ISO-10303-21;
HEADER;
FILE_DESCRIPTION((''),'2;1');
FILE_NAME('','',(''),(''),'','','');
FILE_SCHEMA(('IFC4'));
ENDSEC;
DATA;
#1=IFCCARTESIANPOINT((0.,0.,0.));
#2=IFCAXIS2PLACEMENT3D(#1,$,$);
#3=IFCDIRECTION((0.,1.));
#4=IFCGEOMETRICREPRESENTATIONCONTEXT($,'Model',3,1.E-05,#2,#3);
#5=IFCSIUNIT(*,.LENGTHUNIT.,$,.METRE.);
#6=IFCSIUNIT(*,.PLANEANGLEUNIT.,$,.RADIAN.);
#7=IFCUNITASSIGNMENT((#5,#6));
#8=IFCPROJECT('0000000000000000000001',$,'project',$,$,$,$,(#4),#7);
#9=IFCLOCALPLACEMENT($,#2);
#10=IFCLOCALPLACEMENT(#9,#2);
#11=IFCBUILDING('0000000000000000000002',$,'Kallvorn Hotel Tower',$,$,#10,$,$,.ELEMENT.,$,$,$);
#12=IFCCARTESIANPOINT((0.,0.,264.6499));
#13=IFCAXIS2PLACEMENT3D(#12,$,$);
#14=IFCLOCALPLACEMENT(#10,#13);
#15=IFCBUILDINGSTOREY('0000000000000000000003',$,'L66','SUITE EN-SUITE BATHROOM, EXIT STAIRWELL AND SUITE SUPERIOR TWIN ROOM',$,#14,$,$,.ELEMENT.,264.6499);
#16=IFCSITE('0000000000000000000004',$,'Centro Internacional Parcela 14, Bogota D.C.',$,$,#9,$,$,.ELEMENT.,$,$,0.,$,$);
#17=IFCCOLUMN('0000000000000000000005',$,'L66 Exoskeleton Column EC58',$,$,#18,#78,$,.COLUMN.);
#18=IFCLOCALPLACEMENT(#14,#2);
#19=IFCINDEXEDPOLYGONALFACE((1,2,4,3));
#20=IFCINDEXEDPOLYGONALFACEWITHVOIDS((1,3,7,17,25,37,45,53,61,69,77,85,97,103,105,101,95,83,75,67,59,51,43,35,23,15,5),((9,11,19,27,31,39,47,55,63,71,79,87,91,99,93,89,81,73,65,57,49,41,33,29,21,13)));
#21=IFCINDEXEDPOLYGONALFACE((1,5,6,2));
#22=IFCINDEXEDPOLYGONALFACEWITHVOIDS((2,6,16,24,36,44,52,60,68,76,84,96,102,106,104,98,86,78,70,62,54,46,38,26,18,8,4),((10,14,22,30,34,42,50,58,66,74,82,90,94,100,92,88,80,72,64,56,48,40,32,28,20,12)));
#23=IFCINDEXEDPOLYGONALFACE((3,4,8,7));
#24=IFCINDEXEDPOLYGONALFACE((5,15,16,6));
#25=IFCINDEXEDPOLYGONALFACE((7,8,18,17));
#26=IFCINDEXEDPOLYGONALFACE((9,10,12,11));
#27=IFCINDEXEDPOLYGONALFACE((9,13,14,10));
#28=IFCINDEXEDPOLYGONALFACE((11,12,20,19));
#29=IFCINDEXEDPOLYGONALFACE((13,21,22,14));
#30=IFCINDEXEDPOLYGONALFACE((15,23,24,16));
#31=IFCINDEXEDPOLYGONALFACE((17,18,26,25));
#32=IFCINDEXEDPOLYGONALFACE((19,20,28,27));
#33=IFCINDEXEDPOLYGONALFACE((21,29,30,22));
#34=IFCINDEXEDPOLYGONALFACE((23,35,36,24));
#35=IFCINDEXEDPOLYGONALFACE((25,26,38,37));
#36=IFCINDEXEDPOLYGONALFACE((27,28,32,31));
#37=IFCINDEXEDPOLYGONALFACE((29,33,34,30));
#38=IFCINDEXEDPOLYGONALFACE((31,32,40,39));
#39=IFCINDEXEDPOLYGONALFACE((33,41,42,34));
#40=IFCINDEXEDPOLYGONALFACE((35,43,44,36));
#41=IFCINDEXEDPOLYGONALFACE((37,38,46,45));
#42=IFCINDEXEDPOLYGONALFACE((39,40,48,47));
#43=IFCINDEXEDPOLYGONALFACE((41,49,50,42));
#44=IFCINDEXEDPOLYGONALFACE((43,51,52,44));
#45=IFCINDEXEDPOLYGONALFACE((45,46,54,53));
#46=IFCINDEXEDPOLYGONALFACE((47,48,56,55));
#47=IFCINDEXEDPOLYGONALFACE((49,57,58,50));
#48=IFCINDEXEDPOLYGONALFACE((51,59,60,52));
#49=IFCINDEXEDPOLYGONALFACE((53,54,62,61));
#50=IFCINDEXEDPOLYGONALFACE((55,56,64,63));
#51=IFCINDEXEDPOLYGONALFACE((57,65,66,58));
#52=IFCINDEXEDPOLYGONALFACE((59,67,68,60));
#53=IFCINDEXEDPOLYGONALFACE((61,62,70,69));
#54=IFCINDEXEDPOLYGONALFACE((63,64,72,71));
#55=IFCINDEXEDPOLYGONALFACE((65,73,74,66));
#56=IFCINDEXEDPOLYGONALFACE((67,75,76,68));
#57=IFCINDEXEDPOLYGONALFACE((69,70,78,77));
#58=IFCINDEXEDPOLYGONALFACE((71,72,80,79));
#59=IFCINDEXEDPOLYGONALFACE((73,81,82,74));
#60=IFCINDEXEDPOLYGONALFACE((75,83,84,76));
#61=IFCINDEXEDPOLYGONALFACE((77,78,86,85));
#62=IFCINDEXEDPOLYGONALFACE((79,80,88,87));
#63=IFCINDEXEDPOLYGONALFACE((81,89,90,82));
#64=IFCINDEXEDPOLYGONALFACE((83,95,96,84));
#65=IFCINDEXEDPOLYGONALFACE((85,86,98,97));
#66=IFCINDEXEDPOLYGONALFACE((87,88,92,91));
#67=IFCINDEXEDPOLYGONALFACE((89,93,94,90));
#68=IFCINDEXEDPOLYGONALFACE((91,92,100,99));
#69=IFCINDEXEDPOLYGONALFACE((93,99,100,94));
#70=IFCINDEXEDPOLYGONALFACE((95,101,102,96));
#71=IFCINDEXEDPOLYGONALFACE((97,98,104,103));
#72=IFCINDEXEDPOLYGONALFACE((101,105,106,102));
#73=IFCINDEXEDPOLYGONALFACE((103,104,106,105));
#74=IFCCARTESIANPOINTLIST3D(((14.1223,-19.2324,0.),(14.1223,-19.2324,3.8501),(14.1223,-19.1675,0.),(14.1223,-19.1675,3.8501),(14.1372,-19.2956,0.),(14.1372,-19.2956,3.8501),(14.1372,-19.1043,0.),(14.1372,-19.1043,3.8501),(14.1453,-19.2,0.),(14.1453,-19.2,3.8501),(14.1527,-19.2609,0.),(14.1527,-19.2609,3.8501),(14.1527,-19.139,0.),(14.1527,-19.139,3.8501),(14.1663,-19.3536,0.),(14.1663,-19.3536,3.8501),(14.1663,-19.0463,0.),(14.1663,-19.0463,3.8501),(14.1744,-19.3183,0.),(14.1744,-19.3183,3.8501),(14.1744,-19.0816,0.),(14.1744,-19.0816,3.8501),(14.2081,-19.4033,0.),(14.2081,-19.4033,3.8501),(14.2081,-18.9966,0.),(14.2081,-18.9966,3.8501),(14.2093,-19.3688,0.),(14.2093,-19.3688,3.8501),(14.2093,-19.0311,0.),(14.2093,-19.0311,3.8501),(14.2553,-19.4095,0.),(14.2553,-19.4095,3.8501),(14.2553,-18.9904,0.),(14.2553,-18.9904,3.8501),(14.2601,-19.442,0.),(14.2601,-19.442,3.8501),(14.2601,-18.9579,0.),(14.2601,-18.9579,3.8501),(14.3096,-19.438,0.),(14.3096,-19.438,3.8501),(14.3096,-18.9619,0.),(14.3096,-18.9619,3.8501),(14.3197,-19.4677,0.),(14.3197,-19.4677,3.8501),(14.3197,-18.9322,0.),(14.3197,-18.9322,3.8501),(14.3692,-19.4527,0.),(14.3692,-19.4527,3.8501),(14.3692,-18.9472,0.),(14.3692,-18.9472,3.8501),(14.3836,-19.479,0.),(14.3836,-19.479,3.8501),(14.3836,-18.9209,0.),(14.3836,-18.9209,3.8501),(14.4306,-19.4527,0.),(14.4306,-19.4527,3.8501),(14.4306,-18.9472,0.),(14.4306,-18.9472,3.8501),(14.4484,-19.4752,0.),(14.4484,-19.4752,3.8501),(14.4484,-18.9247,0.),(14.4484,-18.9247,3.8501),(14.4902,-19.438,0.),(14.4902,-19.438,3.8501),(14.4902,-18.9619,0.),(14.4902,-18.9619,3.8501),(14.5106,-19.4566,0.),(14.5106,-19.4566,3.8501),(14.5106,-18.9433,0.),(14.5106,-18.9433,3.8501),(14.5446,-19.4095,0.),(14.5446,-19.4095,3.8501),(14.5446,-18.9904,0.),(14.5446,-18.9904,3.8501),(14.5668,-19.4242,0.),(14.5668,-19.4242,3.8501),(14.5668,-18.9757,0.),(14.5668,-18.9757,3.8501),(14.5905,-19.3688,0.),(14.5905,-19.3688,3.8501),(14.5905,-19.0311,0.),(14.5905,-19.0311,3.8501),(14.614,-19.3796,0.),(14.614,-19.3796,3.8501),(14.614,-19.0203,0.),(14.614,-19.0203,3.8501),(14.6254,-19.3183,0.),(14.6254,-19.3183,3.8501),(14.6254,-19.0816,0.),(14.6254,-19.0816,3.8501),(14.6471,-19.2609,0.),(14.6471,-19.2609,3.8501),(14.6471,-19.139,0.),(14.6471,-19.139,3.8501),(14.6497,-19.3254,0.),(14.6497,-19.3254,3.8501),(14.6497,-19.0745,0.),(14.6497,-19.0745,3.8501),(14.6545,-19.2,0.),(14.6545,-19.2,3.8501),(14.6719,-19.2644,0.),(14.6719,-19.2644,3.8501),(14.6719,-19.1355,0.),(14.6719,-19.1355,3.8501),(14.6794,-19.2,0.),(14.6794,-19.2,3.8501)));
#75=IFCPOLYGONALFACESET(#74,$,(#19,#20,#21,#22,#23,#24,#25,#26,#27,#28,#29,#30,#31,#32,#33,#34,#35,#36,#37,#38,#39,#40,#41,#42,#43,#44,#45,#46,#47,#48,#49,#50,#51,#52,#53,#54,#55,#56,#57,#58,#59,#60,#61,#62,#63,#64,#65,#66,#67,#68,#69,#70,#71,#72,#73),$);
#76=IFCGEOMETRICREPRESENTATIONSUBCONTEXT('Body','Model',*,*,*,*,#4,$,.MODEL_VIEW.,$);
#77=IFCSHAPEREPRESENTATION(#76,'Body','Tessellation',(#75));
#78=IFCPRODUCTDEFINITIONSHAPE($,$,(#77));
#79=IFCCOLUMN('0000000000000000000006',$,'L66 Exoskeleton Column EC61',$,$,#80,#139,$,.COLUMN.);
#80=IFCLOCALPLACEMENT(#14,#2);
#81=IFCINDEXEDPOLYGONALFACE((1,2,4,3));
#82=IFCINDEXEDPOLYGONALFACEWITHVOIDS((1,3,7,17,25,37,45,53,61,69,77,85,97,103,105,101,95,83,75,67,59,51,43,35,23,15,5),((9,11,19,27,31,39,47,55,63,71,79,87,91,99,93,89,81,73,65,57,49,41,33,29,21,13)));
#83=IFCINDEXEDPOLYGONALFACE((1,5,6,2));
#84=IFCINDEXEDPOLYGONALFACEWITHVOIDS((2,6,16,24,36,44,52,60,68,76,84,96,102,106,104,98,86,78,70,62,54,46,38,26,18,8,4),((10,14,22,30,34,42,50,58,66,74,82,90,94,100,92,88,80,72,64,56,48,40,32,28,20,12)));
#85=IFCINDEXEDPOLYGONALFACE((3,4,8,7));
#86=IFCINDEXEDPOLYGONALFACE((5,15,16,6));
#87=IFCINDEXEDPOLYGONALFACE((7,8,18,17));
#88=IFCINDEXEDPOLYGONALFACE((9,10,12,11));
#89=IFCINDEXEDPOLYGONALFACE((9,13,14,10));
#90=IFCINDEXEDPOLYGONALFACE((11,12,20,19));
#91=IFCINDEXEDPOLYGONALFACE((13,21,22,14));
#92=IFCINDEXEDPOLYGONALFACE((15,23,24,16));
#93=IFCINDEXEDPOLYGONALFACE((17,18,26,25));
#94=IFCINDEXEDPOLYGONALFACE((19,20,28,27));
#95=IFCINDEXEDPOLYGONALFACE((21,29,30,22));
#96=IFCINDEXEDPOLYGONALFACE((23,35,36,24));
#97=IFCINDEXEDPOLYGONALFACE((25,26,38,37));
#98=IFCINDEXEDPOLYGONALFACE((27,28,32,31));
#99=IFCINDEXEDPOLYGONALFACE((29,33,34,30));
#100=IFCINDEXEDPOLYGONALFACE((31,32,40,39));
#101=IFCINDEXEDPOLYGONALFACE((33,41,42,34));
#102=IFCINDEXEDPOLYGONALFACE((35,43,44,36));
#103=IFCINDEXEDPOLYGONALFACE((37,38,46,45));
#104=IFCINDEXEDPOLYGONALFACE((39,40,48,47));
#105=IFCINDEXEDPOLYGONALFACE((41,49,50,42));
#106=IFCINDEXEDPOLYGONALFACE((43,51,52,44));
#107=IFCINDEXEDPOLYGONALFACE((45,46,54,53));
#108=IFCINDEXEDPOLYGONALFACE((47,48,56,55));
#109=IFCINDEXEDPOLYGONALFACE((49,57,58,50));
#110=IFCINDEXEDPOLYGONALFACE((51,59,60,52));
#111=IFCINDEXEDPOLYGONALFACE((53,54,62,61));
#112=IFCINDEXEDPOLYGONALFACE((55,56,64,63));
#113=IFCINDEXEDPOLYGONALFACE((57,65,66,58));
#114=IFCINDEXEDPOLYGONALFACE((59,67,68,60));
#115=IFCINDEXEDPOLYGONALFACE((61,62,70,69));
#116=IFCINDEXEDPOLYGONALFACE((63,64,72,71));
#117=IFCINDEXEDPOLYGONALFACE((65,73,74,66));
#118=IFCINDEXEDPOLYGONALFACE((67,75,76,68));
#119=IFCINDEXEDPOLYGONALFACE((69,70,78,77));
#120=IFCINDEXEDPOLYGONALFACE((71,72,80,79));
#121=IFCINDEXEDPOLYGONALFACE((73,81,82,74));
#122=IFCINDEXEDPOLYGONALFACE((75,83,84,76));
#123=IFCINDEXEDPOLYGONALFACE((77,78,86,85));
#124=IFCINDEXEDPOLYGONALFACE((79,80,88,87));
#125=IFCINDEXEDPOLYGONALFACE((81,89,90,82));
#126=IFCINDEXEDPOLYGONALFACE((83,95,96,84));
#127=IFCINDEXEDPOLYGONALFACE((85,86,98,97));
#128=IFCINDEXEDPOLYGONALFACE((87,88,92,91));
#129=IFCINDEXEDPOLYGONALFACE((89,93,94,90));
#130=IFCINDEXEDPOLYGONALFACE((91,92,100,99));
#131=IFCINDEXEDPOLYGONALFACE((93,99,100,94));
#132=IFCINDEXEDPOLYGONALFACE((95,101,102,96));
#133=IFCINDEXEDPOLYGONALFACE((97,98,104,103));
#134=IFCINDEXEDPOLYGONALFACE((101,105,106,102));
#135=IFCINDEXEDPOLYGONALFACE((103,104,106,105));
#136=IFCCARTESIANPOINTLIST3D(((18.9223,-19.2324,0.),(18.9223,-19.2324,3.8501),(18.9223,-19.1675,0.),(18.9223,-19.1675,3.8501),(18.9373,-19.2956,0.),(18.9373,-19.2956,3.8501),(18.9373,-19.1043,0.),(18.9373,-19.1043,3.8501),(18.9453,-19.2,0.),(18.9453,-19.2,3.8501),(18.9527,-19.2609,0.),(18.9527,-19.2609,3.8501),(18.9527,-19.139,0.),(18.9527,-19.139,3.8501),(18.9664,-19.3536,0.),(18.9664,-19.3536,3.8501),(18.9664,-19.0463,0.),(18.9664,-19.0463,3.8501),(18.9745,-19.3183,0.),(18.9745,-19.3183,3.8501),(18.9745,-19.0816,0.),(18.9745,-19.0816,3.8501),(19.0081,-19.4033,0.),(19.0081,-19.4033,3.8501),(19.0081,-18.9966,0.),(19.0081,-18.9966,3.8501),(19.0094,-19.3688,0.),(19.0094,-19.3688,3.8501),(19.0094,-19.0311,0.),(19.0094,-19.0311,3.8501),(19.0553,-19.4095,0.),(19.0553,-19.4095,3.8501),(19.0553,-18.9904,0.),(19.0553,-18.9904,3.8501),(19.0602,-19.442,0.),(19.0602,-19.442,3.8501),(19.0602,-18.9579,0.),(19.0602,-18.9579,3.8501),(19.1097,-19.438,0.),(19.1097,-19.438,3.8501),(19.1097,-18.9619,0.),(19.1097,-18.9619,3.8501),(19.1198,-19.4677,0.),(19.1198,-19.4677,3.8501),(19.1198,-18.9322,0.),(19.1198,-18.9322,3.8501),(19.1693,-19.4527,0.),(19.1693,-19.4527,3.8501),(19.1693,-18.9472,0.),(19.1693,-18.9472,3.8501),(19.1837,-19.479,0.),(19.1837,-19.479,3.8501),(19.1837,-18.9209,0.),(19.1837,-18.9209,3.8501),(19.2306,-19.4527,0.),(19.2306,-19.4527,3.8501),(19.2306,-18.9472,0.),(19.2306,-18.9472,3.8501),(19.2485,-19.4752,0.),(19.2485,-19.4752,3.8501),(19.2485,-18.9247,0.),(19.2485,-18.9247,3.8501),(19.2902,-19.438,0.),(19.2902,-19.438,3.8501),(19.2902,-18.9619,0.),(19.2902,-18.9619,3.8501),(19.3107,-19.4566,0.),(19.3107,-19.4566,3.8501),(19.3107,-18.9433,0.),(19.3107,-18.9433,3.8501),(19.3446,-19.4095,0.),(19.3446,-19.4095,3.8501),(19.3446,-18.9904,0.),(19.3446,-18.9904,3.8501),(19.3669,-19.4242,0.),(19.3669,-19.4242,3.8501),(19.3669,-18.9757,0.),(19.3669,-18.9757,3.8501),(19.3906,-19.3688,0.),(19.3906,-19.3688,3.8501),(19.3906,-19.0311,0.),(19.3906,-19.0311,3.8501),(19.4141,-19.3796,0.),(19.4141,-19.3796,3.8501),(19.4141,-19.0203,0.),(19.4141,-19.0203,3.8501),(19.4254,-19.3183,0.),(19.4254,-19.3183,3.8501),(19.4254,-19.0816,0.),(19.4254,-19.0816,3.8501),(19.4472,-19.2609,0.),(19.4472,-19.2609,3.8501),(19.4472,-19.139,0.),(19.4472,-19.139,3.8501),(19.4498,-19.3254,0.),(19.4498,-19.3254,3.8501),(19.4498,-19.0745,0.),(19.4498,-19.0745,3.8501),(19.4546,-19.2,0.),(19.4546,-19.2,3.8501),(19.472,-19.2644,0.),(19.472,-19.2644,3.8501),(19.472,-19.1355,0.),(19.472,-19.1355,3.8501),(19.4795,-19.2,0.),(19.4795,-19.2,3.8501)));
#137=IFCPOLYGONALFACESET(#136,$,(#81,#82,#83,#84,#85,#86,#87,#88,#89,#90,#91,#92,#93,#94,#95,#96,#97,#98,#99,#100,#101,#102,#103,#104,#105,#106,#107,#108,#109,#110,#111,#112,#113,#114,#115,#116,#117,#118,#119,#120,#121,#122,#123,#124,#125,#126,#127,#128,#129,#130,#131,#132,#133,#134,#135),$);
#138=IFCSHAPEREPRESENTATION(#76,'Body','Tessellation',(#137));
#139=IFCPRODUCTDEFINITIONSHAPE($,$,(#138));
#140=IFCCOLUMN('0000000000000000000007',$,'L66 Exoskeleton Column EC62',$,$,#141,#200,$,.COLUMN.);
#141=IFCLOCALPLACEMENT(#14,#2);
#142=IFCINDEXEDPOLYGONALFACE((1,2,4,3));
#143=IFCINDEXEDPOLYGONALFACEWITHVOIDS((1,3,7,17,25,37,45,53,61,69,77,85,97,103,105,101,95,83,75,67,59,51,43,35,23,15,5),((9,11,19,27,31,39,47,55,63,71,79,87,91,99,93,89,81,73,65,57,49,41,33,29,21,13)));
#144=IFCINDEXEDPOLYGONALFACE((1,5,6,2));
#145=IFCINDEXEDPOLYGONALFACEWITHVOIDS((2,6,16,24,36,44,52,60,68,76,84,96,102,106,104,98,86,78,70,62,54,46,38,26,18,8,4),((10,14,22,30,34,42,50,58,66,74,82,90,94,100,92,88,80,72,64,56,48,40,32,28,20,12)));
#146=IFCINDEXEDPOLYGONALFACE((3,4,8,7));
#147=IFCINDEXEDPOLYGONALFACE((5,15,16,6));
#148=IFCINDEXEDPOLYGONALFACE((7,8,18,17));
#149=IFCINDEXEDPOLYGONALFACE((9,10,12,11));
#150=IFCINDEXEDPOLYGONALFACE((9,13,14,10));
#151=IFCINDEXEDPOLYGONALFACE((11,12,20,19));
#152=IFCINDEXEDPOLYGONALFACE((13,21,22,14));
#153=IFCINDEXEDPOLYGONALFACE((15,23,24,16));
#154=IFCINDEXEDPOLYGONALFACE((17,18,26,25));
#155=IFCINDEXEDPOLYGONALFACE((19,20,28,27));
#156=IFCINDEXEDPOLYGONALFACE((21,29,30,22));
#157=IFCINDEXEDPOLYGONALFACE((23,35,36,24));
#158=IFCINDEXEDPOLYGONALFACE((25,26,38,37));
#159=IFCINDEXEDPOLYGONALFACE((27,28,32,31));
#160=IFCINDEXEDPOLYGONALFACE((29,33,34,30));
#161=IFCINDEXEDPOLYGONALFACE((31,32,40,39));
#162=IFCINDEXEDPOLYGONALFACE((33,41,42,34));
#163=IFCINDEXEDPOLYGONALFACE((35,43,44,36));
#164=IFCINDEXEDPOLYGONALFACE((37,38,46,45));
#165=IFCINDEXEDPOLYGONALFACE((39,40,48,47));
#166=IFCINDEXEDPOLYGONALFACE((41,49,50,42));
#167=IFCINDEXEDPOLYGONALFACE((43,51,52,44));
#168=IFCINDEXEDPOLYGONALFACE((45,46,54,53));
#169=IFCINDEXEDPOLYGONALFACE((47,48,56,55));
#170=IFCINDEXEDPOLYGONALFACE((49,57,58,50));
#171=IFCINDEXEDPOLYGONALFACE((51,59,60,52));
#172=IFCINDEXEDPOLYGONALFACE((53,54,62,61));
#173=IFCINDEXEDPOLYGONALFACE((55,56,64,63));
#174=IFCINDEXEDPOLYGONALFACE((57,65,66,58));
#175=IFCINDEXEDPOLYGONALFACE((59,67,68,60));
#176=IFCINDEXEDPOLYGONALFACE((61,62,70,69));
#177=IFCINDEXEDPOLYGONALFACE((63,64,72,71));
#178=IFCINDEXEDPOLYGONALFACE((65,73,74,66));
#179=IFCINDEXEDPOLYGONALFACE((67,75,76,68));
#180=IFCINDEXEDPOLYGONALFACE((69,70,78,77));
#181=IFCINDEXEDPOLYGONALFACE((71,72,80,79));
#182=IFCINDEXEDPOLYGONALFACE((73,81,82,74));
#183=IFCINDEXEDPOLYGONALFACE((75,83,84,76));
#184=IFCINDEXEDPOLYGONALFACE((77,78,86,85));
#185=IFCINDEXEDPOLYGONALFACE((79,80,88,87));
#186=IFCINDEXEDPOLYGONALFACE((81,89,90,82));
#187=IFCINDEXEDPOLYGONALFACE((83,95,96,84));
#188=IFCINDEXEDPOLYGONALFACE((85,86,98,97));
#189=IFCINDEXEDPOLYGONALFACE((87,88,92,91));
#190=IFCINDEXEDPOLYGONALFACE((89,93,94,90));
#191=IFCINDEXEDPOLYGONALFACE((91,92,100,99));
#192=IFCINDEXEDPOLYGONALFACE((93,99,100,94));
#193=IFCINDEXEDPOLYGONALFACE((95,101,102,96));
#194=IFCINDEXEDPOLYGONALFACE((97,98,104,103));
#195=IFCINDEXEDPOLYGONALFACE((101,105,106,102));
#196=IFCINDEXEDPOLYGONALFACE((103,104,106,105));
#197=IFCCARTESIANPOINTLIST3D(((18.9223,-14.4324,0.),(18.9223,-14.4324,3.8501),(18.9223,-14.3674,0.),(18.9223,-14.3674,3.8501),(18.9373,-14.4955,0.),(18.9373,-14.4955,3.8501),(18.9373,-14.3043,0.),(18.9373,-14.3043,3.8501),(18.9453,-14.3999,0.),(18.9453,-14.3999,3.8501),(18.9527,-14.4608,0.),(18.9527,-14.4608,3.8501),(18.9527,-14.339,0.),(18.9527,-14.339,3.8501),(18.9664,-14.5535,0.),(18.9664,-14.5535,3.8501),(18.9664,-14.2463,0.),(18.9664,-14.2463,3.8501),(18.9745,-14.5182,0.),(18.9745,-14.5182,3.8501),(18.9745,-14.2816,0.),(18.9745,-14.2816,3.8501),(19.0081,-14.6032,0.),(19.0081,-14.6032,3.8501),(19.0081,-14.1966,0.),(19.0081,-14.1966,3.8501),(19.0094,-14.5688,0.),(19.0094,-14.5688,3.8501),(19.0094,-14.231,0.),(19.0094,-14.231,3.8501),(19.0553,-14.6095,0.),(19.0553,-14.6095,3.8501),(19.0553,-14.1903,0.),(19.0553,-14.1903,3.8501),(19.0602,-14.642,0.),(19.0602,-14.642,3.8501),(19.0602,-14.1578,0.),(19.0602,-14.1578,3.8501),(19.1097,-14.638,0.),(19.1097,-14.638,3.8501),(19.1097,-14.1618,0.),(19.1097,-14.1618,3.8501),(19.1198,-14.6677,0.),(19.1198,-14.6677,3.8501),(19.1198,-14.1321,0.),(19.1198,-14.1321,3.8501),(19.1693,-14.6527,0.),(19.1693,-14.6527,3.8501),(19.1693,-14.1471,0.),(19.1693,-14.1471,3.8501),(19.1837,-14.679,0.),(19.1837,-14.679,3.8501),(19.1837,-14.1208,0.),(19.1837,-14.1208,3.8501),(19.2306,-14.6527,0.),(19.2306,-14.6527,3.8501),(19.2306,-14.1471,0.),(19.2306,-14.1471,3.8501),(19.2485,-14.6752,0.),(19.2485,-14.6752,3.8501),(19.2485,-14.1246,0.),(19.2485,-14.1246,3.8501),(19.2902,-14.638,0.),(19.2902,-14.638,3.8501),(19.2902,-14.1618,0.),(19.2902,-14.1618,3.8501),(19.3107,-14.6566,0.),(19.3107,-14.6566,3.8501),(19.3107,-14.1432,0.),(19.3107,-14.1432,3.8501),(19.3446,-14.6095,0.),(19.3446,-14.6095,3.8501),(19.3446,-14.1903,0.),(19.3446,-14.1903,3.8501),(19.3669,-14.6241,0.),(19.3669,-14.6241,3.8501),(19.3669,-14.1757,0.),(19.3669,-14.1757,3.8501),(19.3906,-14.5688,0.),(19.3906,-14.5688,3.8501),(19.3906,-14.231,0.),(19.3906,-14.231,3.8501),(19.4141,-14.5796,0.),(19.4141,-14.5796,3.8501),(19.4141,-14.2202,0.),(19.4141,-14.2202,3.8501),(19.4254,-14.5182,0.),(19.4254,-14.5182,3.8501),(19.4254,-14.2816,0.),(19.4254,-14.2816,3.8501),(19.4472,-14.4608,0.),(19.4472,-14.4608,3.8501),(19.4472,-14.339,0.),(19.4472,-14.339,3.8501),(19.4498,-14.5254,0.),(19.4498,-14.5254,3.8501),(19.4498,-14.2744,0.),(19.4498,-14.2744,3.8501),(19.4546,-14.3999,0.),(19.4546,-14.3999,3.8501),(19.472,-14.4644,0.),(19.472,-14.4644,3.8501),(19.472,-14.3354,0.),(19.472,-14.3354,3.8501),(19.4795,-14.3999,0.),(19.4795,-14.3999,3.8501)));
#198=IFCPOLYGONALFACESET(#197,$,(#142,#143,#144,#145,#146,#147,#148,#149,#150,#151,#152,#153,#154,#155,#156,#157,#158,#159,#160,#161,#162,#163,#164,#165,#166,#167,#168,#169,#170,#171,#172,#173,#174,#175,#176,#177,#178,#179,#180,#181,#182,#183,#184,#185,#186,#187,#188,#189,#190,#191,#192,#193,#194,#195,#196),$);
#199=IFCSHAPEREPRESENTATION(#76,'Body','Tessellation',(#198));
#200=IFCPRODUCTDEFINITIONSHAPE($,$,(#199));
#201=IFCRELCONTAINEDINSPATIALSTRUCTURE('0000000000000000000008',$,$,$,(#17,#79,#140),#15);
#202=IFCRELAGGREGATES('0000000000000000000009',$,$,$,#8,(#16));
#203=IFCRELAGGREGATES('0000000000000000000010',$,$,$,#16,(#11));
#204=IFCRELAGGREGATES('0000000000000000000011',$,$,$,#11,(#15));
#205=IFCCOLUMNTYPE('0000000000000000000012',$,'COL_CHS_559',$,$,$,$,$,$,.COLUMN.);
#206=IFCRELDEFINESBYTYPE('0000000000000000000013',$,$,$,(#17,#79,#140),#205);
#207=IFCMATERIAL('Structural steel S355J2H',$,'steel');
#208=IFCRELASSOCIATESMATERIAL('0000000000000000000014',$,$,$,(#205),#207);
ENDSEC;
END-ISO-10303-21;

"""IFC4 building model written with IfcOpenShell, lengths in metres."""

from ifc_helpers import new_model, si_unit, direction, frame, origin, origin_2d, place, context, subcontext, project, spatial, hollow_circle, extrude, material, material_profile, profile_set, type_object, element, save


model = new_model("IFC4")

# Units and contexts
model_context = context("Model", 3, precision=1e-05, world=origin(), true_north=direction((0.0, 1.0)))
body_context = subcontext(model_context, "Body", "Model", "MODEL_VIEW")
ifc_project = project(units=[si_unit("LENGTHUNIT", "METRE"), si_unit("PLANEANGLEUNIT", "RADIAN")], contexts=[model_context])

# Site, building, storey
site_placement = place(None, origin())
site = spatial("IfcSite", under=ifc_project, at=site_placement, Name="Centro Internacional Parcela 14, Bogota D.C.", CompositionType="ELEMENT", RefElevation=0.0)
building_placement = place(site_placement, origin())
building = spatial("IfcBuilding", under=site, at=building_placement, Name="Kallvorn Hotel Tower", CompositionType="ELEMENT")
storey_placement = place(building_placement, frame((0.0, 0.0, 264.6499)))
storey = spatial("IfcBuildingStorey", under=building, at=storey_placement, Name="L66", Description="SUITE EN-SUITE BATHROOM, EXIT STAIRWELL AND SUITE SUPERIOR TWIN ROOM", CompositionType="ELEMENT", Elevation=264.6499)

# Columns
ifc_material_1 = material(Name="Structural steel S355J2H", Category="steel")
ifc_material_profile_1 = material_profile(ifc_material_1, hollow_circle(Radius=0.2795, WallThickness=0.0249, at=origin_2d()), Name="CHS 559x25")
ifc_profile_set_1 = profile_set([ifc_material_profile_1], Name="Structural steel S355J2H")
column_type_1 = type_object("IfcColumnType", Name="COL_CHS_559", PredefinedType="COLUMN", material=ifc_profile_set_1)
for number, where, z_axis, x_axis, name in (
    (1, (14.3999, -19.2, 0.0), (0.0, 0.0, 1.0), (1.0, 0.0, 0.0), "L66 Exoskeleton Column EC58"),
    (2, (19.2, -19.2, 0.0), (0.0, 0.0, 1.0), (1.0, 0.0, 0.0), "L66 Exoskeleton Column EC61"),
    (3, (19.2, -14.3999, 0.0), (0.0, 0.0, 1.0), (1.0, 0.0, 0.0), "L66 Exoskeleton Column EC62"),
):
    element("IfcColumn", number, at=place(storey_placement, frame(where, z_axis=z_axis, x_axis=x_axis)), inside=storey, type_object=column_type_1, Name=name, PredefinedType="COLUMN", context=body_context, shape_type="SweptSolid", body=[
        extrude(hollow_circle(Radius=0.2795, WallThickness=0.0249, at=origin_2d()), origin(), (0.0, 0.0, 1.0), 3.8501),
    ])

save(model, "model.ifc")
